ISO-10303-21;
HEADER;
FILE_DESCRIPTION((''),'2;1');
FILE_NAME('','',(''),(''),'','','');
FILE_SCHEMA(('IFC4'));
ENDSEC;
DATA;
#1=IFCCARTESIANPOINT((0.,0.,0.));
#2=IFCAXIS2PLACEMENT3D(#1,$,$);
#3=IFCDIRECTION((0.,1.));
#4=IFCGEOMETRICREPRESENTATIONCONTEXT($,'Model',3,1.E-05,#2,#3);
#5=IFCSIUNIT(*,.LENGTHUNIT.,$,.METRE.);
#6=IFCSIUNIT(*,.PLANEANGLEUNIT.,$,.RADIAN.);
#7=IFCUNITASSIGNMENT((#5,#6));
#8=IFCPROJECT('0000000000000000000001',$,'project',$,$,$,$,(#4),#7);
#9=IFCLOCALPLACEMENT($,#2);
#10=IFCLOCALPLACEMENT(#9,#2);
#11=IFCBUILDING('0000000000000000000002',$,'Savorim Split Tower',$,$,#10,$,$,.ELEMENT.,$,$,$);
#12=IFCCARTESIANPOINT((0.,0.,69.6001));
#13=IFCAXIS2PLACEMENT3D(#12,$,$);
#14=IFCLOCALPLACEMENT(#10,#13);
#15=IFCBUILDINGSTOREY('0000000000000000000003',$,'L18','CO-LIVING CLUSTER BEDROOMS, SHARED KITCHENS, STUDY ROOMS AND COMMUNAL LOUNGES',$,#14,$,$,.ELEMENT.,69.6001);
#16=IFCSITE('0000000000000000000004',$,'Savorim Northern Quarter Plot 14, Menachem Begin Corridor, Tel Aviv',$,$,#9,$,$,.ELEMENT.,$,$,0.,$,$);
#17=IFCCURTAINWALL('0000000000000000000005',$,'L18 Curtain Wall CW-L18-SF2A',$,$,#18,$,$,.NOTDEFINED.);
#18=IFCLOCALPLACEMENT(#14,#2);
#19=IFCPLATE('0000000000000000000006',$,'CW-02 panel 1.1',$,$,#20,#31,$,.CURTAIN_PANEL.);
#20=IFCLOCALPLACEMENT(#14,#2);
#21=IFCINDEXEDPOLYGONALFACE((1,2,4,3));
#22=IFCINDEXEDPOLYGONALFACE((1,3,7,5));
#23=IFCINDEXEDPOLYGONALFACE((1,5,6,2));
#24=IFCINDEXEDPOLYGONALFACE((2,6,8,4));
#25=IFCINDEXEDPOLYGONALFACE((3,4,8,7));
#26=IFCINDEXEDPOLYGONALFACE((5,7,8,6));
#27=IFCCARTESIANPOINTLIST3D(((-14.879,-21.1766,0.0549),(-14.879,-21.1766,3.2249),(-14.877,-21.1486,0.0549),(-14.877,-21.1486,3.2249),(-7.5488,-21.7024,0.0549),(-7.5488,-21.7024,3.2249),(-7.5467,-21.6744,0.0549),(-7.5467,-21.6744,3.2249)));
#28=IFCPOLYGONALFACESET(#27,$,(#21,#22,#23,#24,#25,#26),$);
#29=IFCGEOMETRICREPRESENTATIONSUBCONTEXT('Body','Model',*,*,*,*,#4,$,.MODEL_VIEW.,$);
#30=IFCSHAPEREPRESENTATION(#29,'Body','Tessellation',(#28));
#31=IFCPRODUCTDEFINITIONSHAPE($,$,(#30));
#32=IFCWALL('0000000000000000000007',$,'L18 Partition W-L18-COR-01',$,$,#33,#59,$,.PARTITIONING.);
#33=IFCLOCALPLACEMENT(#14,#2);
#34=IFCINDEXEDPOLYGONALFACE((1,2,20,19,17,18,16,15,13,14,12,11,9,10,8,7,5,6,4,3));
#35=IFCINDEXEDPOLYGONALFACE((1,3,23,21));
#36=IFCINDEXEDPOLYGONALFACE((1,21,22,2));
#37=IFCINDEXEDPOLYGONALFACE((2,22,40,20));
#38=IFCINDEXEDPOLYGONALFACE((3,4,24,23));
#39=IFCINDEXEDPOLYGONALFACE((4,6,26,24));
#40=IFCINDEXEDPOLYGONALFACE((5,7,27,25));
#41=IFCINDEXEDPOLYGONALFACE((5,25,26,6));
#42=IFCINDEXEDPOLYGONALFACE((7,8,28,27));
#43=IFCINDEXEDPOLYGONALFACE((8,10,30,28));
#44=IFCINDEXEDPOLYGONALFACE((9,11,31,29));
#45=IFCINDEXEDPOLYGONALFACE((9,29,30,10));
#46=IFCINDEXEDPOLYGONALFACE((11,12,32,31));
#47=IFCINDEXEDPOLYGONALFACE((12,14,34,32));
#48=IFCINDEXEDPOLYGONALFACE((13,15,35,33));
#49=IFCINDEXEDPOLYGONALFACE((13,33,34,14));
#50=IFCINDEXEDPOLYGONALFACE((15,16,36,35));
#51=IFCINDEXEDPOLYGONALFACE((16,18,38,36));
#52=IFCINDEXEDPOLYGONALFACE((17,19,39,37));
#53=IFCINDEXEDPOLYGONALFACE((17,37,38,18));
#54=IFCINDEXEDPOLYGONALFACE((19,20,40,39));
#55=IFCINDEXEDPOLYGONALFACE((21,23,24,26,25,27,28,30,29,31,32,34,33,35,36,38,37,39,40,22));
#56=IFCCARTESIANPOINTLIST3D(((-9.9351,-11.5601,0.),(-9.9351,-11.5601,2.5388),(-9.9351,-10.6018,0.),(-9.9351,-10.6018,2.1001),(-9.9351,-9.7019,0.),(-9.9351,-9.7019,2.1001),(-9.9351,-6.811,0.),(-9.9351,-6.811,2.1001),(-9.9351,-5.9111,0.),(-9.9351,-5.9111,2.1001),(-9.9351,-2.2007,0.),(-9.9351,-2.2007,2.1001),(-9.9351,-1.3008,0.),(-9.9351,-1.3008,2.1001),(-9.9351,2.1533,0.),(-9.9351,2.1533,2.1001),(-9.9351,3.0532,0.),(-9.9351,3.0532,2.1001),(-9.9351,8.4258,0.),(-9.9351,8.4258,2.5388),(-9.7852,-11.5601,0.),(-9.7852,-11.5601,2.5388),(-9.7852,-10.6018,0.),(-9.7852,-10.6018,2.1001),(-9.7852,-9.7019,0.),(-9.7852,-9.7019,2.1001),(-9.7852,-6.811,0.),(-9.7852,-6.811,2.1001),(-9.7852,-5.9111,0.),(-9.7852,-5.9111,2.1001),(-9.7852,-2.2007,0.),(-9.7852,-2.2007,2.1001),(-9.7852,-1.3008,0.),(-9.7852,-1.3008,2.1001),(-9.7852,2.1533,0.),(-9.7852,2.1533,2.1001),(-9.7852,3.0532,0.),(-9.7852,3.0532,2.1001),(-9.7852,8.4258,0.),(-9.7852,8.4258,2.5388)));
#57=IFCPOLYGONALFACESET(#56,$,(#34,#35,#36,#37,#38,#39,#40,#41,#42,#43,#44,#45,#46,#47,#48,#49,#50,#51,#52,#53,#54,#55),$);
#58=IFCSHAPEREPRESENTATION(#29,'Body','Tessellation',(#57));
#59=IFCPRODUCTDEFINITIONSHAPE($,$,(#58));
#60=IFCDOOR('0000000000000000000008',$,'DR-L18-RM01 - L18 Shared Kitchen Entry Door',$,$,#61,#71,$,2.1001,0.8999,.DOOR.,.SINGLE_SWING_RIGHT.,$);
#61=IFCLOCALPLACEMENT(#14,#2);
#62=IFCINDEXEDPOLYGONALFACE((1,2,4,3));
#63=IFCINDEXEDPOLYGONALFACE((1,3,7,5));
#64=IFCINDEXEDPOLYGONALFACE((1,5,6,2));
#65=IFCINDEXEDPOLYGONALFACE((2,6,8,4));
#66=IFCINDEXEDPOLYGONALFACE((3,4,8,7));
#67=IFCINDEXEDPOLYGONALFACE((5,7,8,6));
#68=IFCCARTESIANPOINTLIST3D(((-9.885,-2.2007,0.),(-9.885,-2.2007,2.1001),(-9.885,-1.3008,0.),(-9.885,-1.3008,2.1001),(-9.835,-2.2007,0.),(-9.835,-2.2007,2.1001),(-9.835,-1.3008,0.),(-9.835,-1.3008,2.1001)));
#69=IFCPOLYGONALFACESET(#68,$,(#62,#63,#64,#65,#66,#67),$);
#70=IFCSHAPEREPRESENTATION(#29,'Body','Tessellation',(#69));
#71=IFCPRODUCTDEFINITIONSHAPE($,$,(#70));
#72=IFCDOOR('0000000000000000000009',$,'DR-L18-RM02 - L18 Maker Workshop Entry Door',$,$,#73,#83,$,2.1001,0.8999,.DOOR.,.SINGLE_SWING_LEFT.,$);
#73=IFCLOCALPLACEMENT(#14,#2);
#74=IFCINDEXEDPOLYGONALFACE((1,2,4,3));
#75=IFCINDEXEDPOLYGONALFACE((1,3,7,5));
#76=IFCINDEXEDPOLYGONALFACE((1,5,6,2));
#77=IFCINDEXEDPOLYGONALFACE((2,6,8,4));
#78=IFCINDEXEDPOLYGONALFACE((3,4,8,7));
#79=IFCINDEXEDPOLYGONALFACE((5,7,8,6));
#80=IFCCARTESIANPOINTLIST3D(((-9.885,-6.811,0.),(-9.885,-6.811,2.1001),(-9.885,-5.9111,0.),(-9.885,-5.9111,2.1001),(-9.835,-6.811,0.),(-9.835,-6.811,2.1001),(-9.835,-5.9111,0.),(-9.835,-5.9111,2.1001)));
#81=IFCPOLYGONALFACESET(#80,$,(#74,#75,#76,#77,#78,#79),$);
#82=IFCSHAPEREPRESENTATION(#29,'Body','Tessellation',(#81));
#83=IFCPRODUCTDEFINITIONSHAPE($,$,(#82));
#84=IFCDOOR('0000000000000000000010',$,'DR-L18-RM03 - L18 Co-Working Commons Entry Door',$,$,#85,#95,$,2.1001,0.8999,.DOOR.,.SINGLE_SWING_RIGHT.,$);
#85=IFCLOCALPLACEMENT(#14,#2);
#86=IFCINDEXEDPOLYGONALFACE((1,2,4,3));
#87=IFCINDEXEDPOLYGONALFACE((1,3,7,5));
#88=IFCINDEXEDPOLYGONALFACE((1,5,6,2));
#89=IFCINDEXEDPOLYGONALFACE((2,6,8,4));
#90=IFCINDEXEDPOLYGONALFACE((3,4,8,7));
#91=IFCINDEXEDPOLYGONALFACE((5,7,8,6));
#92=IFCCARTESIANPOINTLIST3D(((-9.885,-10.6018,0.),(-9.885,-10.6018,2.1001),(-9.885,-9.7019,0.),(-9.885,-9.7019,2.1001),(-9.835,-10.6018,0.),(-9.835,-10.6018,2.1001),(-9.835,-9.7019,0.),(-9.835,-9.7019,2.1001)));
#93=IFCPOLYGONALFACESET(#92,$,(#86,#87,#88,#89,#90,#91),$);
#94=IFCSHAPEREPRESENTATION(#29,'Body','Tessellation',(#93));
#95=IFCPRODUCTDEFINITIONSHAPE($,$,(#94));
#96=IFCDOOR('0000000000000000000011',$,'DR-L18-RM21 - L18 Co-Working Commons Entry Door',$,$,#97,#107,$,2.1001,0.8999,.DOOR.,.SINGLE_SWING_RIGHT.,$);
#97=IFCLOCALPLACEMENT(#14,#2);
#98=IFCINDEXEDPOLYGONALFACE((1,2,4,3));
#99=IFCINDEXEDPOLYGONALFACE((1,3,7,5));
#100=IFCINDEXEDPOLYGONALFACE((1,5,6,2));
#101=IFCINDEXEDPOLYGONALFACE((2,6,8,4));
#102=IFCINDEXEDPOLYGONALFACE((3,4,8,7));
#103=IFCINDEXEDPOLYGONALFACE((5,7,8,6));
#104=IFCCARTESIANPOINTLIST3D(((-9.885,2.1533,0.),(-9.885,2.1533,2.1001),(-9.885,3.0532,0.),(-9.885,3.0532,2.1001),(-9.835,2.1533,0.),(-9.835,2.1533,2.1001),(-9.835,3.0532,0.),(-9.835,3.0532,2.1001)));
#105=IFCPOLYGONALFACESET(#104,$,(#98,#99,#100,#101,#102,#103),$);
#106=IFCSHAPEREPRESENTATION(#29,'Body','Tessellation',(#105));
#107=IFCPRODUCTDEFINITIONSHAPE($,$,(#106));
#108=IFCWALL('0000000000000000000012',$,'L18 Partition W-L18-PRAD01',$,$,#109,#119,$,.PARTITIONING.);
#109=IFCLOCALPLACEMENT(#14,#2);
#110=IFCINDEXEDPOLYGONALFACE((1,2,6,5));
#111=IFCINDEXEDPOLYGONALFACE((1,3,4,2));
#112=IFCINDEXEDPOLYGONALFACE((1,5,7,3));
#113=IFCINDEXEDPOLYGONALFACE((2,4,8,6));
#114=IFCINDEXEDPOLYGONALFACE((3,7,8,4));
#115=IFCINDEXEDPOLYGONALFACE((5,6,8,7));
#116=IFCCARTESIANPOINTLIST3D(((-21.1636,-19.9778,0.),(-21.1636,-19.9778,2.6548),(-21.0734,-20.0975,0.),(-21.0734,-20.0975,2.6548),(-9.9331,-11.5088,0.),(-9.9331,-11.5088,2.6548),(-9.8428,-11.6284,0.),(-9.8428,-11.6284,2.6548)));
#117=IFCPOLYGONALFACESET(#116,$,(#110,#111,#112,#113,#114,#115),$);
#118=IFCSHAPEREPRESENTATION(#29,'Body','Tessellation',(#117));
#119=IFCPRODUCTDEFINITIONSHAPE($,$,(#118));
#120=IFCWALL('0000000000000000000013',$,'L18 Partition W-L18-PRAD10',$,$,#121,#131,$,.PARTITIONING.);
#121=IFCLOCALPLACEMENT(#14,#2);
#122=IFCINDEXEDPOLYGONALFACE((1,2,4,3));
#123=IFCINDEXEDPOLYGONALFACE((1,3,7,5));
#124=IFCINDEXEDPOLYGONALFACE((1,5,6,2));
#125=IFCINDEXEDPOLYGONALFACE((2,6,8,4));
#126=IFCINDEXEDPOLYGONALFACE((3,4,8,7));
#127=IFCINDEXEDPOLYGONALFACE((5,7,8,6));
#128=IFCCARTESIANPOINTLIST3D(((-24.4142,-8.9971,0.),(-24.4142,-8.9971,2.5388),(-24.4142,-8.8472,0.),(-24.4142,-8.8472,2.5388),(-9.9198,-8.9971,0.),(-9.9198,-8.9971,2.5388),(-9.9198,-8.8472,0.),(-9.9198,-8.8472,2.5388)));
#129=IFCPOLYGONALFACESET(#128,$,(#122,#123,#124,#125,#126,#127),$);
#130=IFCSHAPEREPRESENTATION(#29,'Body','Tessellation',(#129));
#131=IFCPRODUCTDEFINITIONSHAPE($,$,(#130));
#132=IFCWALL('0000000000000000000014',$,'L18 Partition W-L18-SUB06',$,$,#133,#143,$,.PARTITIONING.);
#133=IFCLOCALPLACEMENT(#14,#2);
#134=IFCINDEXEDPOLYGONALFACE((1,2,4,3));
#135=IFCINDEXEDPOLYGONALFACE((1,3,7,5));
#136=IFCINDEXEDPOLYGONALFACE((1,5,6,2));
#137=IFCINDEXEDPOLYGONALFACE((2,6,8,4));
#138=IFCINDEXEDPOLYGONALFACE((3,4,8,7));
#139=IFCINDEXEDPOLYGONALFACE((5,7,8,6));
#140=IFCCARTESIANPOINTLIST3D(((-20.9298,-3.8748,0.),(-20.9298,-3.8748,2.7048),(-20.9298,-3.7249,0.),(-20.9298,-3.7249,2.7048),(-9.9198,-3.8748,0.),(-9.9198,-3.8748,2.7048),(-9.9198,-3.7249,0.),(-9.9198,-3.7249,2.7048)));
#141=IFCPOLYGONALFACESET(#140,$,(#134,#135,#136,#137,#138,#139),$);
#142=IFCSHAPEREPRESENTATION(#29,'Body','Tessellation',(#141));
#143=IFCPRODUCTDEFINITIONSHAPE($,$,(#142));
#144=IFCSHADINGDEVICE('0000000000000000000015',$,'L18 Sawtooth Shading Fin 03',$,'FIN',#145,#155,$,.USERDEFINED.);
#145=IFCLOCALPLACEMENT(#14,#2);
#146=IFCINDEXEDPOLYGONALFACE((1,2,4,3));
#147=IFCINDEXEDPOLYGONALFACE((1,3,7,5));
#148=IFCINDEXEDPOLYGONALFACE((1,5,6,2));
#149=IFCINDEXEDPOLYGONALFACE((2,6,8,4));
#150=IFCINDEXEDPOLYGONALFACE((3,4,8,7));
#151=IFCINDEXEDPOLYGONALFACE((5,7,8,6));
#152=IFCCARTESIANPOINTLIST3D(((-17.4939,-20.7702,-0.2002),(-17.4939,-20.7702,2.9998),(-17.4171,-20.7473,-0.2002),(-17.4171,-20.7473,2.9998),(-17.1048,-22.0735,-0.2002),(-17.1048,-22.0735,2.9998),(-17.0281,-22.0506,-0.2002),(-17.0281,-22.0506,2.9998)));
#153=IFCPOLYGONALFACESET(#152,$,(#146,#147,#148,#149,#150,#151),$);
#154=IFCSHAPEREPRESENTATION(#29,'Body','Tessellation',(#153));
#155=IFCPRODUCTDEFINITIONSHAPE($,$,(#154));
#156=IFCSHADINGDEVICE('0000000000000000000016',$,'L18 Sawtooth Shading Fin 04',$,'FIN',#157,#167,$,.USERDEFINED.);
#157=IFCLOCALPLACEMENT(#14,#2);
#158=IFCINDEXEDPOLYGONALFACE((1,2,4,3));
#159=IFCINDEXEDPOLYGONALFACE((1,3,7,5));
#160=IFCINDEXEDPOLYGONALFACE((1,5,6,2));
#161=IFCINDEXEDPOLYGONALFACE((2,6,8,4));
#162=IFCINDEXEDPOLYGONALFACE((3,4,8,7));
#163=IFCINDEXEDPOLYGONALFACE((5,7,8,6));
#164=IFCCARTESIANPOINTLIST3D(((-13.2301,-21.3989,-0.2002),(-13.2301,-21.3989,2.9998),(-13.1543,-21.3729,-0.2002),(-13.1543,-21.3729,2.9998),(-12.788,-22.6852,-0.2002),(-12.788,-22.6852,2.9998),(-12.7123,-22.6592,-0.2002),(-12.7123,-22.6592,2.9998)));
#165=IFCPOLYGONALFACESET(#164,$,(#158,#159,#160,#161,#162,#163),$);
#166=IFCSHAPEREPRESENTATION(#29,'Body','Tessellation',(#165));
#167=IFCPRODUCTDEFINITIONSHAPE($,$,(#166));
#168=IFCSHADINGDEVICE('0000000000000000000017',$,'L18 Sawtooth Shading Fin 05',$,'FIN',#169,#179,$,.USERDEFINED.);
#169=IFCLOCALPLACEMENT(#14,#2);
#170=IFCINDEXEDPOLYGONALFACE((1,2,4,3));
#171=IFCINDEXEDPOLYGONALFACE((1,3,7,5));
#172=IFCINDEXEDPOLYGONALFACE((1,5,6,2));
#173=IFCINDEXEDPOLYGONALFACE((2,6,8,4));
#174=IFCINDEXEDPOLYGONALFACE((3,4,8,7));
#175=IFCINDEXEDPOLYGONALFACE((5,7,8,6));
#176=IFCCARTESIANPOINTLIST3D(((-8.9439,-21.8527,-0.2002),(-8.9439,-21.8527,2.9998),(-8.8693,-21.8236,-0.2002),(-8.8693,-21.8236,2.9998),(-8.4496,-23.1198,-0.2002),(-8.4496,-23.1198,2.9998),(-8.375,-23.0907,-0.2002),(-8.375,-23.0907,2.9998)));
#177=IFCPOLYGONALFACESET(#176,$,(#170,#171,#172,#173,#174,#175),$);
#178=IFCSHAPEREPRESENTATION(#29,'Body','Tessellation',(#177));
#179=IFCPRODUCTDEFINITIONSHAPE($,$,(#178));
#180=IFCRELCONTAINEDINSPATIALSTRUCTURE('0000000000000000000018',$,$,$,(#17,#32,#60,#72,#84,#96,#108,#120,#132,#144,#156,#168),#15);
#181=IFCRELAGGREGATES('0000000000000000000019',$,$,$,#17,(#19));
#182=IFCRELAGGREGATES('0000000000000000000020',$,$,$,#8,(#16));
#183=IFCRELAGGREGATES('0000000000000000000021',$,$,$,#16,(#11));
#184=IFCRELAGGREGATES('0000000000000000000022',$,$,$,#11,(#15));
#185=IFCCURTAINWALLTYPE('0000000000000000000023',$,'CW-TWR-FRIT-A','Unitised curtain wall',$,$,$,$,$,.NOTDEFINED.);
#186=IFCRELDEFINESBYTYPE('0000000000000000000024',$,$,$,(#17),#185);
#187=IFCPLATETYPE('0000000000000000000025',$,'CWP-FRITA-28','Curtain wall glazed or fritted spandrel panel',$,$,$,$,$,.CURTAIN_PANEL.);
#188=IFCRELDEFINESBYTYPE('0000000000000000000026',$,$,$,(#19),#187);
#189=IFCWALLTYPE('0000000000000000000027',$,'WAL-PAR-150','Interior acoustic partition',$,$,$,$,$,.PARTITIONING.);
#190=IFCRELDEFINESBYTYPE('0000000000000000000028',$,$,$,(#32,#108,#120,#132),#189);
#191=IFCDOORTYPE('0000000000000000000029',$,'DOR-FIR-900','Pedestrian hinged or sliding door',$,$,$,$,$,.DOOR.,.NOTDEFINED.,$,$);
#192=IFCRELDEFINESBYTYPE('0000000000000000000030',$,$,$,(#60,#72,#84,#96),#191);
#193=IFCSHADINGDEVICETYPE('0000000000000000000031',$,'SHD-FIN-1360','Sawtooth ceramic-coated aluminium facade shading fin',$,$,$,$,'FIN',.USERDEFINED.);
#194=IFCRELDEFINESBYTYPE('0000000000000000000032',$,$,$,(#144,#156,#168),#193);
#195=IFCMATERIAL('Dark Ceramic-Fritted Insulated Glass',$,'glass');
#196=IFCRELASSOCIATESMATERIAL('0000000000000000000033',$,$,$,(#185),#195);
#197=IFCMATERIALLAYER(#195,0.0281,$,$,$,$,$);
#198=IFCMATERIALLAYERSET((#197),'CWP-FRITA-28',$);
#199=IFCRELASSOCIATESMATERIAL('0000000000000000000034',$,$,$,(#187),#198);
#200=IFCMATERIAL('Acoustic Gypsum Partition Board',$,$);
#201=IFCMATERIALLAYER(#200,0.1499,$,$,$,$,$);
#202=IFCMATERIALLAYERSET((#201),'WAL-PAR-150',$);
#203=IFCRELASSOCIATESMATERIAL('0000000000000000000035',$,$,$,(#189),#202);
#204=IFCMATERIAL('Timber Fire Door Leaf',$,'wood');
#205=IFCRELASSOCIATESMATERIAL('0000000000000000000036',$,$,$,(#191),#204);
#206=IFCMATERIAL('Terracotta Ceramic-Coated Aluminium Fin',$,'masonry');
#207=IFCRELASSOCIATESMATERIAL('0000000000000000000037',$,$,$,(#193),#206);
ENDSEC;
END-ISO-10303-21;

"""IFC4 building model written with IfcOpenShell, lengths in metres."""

from ifc_helpers import new_model, si_unit, direction, frame, frame_2d, origin, origin_2d, place, context, subcontext, project, spatial, rectangle, extrude, material, layer, layer_set, type_object, element, fill, aggregate, save


model = new_model("IFC4")

# Units and contexts
model_context = context("Model", 3, precision=1e-05, world=origin(), true_north=direction((0.0, 1.0)))
body_context = subcontext(model_context, "Body", "Model", "MODEL_VIEW")
ifc_project = project(units=[si_unit("LENGTHUNIT", "METRE"), si_unit("PLANEANGLEUNIT", "RADIAN")], contexts=[model_context])

# Site, building, storey
site_placement = place(None, origin())
site = spatial("IfcSite", under=ifc_project, at=site_placement, Name="Savorim Northern Quarter Plot 14, Menachem Begin Corridor, Tel Aviv", CompositionType="ELEMENT", RefElevation=0.0)
building_placement = place(site_placement, origin())
building = spatial("IfcBuilding", under=site, at=building_placement, Name="Savorim Split Tower", CompositionType="ELEMENT")
storey_placement = place(building_placement, frame((0.0, 0.0, 69.6001)))
storey = spatial("IfcBuildingStorey", under=building, at=storey_placement, Name="L18", Description="CO-LIVING CLUSTER BEDROOMS, SHARED KITCHENS, STUDY ROOMS AND COMMUNAL LOUNGES", CompositionType="ELEMENT", Elevation=69.6001)

# Curtain wall
ifc_material_1 = material(Name="Dark Ceramic-Fritted Insulated Glass", Category="glass")
curtain_wall_type = type_object("IfcCurtainWallType", Name="CW-TWR-FRIT-A", Description="Unitised curtain wall", PredefinedType="NOTDEFINED", material=ifc_material_1)
curtain_wall_1_placement = place(storey_placement, origin())
curtain_wall_1 = element("IfcCurtainWall", 1, at=curtain_wall_1_placement, inside=storey, type_object=curtain_wall_type, Name="L18 Curtain Wall CW-L18-SF2A", PredefinedType="NOTDEFINED")

# Plate
ifc_layer_1 = layer(ifc_material_1, 0.0281)
ifc_layer_set_1 = layer_set([ifc_layer_1], Name="CWP-FRITA-28")
plate_type = type_object("IfcPlateType", Name="CWP-FRITA-28", Description="Curtain wall glazed or fritted spandrel panel", PredefinedType="CURTAIN_PANEL", material=ifc_layer_set_1)
plate_1_placement = place(storey_placement, frame((-11.2129, -21.4255, 0.0549), z_axis=(0.0, 0.0, 1.0), x_axis=(0.997437, -0.071546, 0.0)))
plate_1 = element("IfcPlate", 2, at=plate_1_placement, type_object=plate_type, Name="CW-02 panel 1.1", PredefinedType="CURTAIN_PANEL", context=body_context, shape_type="SweptSolid", body=[
    extrude(rectangle(XDim=7.3491, YDim=0.0281, at=origin_2d()), origin(), (0.0, 0.0, 1.0), 3.1699),
])
aggregate(curtain_wall_1, [plate_1])

# Wall, openings, doors
ifc_material_2 = material(Name="Acoustic Gypsum Partition Board")
ifc_layer_2 = layer(ifc_material_2, 0.1499)
ifc_layer_set_2 = layer_set([ifc_layer_2], Name="WAL-PAR-150")
wall_type = type_object("IfcWallType", Name="WAL-PAR-150", Description="Interior acoustic partition", PredefinedType="PARTITIONING", material=ifc_layer_set_2)
wall_1_placement = place(storey_placement, frame((-9.8601, -11.5601, 0.0), z_axis=(0.0, 0.0, 1.0), x_axis=(0.0, 1.0, 0.0)))
wall_1 = element("IfcWall", 3, at=wall_1_placement, inside=storey, type_object=wall_type, Name="L18 Partition W-L18-COR-01", PredefinedType="PARTITIONING", context=body_context, shape_type="SweptSolid", body=[
    extrude(rectangle(XDim=19.9858, YDim=0.1499, at=frame_2d((9.9929, 0.0))), origin(), (0.0, 0.0, 1.0), 2.5388),
])
opening_1_placement = place(wall_1_placement, frame((9.3594, 0.0, 0.0)))
opening_1 = element("IfcOpeningElement", 4, at=opening_1_placement, cuts=wall_1, PredefinedType="OPENING", context=body_context, shape_type="SweptSolid", body=[
    extrude(rectangle(XDim=0.8999, YDim=2.1001, at=frame_2d((0.45, 1.05))), frame((0.0, 0.085, 0.0), z_axis=(0.0, -1.0, 0.0), x_axis=(1.0, 0.0, 0.0)), (0.0, 0.0, 1.0), 0.1699),
])
opening_2_placement = place(wall_1_placement, frame((4.749, 0.0, 0.0)))
opening_2 = element("IfcOpeningElement", 5, at=opening_2_placement, cuts=wall_1, PredefinedType="OPENING", context=body_context, shape_type="SweptSolid", body=[
    extrude(rectangle(XDim=0.8999, YDim=2.1001, at=frame_2d((0.45, 1.05))), frame((0.0, 0.085, 0.0), z_axis=(0.0, -1.0, 0.0), x_axis=(1.0, 0.0, 0.0)), (0.0, 0.0, 1.0), 0.1699),
])
opening_3_placement = place(wall_1_placement, frame((0.9583, 0.0, 0.0)))
opening_3 = element("IfcOpeningElement", 6, at=opening_3_placement, cuts=wall_1, PredefinedType="OPENING", context=body_context, shape_type="SweptSolid", body=[
    extrude(rectangle(XDim=0.8999, YDim=2.1001, at=frame_2d((0.45, 1.05))), frame((0.0, 0.085, 0.0), z_axis=(0.0, -1.0, 0.0), x_axis=(1.0, 0.0, 0.0)), (0.0, 0.0, 1.0), 0.1699),
])
opening_4_placement = place(wall_1_placement, frame((13.7134, 0.0, 0.0)))
opening_4 = element("IfcOpeningElement", 7, at=opening_4_placement, cuts=wall_1, PredefinedType="OPENING", context=body_context, shape_type="SweptSolid", body=[
    extrude(rectangle(XDim=0.8999, YDim=2.1001, at=frame_2d((0.45, 1.05))), frame((0.0, 0.085, 0.0), z_axis=(0.0, -1.0, 0.0), x_axis=(1.0, 0.0, 0.0)), (0.0, 0.0, 1.0), 0.1699),
])
ifc_material_3 = material(Name="Timber Fire Door Leaf", Category="wood")
door_type = type_object("IfcDoorType", Name="DOR-FIR-900", Description="Pedestrian hinged or sliding door", OperationType="NOTDEFINED", PredefinedType="DOOR", material=ifc_material_3)
door_1_placement = place(opening_1_placement, origin())
door_1 = element("IfcDoor", 8, at=door_1_placement, inside=storey, type_object=door_type, Name="DR-L18-RM01 - L18 Shared Kitchen Entry Door", OperationType="SINGLE_SWING_RIGHT", OverallHeight=2.1001, OverallWidth=0.8999, PredefinedType="DOOR", context=body_context, shape_type="SweptSolid", body=[
    extrude(rectangle(XDim=0.8999, YDim=2.1001, at=frame_2d((0.45, 1.05))), frame((0.0, 0.0249, 0.0), z_axis=(0.0, -1.0, 0.0), x_axis=(1.0, 0.0, 0.0)), (0.0, 0.0, 1.0), 0.05),
])
fill(opening_1, door_1)
door_2_placement = place(opening_2_placement, origin())
door_2 = element("IfcDoor", 9, at=door_2_placement, inside=storey, type_object=door_type, Name="DR-L18-RM02 - L18 Maker Workshop Entry Door", OperationType="SINGLE_SWING_LEFT", OverallHeight=2.1001, OverallWidth=0.8999, PredefinedType="DOOR", context=body_context, shape_type="SweptSolid", body=[
    extrude(rectangle(XDim=0.8999, YDim=2.1001, at=frame_2d((0.45, 1.05))), frame((0.0, 0.0249, 0.0), z_axis=(0.0, -1.0, 0.0), x_axis=(1.0, 0.0, 0.0)), (0.0, 0.0, 1.0), 0.05),
])
fill(opening_2, door_2)
door_3_placement = place(opening_3_placement, origin())
door_3 = element("IfcDoor", 10, at=door_3_placement, inside=storey, type_object=door_type, Name="DR-L18-RM03 - L18 Co-Working Commons Entry Door", OperationType="SINGLE_SWING_RIGHT", OverallHeight=2.1001, OverallWidth=0.8999, PredefinedType="DOOR", context=body_context, shape_type="SweptSolid", body=[
    extrude(rectangle(XDim=0.8999, YDim=2.1001, at=frame_2d((0.45, 1.05))), frame((0.0, 0.0249, 0.0), z_axis=(0.0, -1.0, 0.0), x_axis=(1.0, 0.0, 0.0)), (0.0, 0.0, 1.0), 0.05),
])
fill(opening_3, door_3)
door_4_placement = place(opening_4_placement, origin())
door_4 = element("IfcDoor", 11, at=door_4_placement, inside=storey, type_object=door_type, Name="DR-L18-RM21 - L18 Co-Working Commons Entry Door", OperationType="SINGLE_SWING_RIGHT", OverallHeight=2.1001, OverallWidth=0.8999, PredefinedType="DOOR", context=body_context, shape_type="SweptSolid", body=[
    extrude(rectangle(XDim=0.8999, YDim=2.1001, at=frame_2d((0.45, 1.05))), frame((0.0, 0.0249, 0.0), z_axis=(0.0, -1.0, 0.0), x_axis=(1.0, 0.0, 0.0)), (0.0, 0.0, 1.0), 0.05),
])
fill(opening_4, door_4)

# Walls
wall_2_placement = place(storey_placement, frame((-9.8879, -11.5686, 0.0), z_axis=(0.0, 0.0, 1.0), x_axis=(-0.798423, -0.602097, 0.0)))
element("IfcWall", 12, at=wall_2_placement, inside=storey, type_object=wall_type, Name="L18 Partition W-L18-PRAD01", PredefinedType="PARTITIONING", context=body_context, shape_type="SweptSolid", body=[
    extrude(rectangle(XDim=14.0659, YDim=0.1499, at=frame_2d((7.033, 0.0))), origin(), (0.0, 0.0, 1.0), 2.6548),
])
wall_3_placement = place(storey_placement, frame((-9.9199, -8.9221, 0.0), z_axis=(0.0, 0.0, 1.0), x_axis=(-1.0, 0.0, 0.0)))
element("IfcWall", 13, at=wall_3_placement, inside=storey, type_object=wall_type, Name="L18 Partition W-L18-PRAD10", PredefinedType="PARTITIONING", context=body_context, shape_type="SweptSolid", body=[
    extrude(rectangle(XDim=14.4944, YDim=0.1499, at=frame_2d((7.2471, 0.0))), origin(), (0.0, 0.0, 1.0), 2.5388),
])
wall_4_placement = place(storey_placement, frame((-9.9199, -3.7998, 0.0), z_axis=(0.0, 0.0, 1.0), x_axis=(-1.0, 0.0, 0.0)))
element("IfcWall", 14, at=wall_4_placement, inside=storey, type_object=wall_type, Name="L18 Partition W-L18-SUB06", PredefinedType="PARTITIONING", context=body_context, shape_type="SweptSolid", body=[
    extrude(rectangle(XDim=11.01, YDim=0.1499, at=frame_2d((5.5049, 0.0))), origin(), (0.0, 0.0, 1.0), 2.7048),
])

# Shading devices
ifc_material_4 = material(Name="Terracotta Ceramic-Coated Aluminium Fin", Category="masonry")
shading_device_type = type_object("IfcShadingDeviceType", Name="SHD-FIN-1360", Description="Sawtooth ceramic-coated aluminium facade shading fin", ElementType="FIN", PredefinedType="USERDEFINED", material=ifc_material_4)
for number, where, z_axis, x_axis, name in (
    (15, (-17.261, -21.4104, -0.2002), (0.0, 0.0, 1.0), (0.286026, -0.958222, 0.0), "L18 Sawtooth Shading Fin 03"),
    (16, (-12.9712, -22.0291, -0.2002), (0.0, 0.0, 1.0), (0.324994, -0.945716, 0.0), "L18 Sawtooth Shading Fin 04"),
    (17, (-8.6594, -22.4717, -0.2002), (0.0, 0.0, 1.0), (0.363415, -0.931627, 0.0), "L18 Sawtooth Shading Fin 05"),
):
    element("IfcShadingDevice", number, at=place(storey_placement, frame(where, z_axis=z_axis, x_axis=x_axis)), inside=storey, type_object=shading_device_type, Name=name, ObjectType="FIN", PredefinedType="USERDEFINED", context=body_context, shape_type="SweptSolid", body=[
        extrude(rectangle(XDim=1.3601, YDim=0.0801, at=origin_2d()), origin(), (0.0, 0.0, 1.0), 3.2),
    ])

save(model, "model.ifc")
